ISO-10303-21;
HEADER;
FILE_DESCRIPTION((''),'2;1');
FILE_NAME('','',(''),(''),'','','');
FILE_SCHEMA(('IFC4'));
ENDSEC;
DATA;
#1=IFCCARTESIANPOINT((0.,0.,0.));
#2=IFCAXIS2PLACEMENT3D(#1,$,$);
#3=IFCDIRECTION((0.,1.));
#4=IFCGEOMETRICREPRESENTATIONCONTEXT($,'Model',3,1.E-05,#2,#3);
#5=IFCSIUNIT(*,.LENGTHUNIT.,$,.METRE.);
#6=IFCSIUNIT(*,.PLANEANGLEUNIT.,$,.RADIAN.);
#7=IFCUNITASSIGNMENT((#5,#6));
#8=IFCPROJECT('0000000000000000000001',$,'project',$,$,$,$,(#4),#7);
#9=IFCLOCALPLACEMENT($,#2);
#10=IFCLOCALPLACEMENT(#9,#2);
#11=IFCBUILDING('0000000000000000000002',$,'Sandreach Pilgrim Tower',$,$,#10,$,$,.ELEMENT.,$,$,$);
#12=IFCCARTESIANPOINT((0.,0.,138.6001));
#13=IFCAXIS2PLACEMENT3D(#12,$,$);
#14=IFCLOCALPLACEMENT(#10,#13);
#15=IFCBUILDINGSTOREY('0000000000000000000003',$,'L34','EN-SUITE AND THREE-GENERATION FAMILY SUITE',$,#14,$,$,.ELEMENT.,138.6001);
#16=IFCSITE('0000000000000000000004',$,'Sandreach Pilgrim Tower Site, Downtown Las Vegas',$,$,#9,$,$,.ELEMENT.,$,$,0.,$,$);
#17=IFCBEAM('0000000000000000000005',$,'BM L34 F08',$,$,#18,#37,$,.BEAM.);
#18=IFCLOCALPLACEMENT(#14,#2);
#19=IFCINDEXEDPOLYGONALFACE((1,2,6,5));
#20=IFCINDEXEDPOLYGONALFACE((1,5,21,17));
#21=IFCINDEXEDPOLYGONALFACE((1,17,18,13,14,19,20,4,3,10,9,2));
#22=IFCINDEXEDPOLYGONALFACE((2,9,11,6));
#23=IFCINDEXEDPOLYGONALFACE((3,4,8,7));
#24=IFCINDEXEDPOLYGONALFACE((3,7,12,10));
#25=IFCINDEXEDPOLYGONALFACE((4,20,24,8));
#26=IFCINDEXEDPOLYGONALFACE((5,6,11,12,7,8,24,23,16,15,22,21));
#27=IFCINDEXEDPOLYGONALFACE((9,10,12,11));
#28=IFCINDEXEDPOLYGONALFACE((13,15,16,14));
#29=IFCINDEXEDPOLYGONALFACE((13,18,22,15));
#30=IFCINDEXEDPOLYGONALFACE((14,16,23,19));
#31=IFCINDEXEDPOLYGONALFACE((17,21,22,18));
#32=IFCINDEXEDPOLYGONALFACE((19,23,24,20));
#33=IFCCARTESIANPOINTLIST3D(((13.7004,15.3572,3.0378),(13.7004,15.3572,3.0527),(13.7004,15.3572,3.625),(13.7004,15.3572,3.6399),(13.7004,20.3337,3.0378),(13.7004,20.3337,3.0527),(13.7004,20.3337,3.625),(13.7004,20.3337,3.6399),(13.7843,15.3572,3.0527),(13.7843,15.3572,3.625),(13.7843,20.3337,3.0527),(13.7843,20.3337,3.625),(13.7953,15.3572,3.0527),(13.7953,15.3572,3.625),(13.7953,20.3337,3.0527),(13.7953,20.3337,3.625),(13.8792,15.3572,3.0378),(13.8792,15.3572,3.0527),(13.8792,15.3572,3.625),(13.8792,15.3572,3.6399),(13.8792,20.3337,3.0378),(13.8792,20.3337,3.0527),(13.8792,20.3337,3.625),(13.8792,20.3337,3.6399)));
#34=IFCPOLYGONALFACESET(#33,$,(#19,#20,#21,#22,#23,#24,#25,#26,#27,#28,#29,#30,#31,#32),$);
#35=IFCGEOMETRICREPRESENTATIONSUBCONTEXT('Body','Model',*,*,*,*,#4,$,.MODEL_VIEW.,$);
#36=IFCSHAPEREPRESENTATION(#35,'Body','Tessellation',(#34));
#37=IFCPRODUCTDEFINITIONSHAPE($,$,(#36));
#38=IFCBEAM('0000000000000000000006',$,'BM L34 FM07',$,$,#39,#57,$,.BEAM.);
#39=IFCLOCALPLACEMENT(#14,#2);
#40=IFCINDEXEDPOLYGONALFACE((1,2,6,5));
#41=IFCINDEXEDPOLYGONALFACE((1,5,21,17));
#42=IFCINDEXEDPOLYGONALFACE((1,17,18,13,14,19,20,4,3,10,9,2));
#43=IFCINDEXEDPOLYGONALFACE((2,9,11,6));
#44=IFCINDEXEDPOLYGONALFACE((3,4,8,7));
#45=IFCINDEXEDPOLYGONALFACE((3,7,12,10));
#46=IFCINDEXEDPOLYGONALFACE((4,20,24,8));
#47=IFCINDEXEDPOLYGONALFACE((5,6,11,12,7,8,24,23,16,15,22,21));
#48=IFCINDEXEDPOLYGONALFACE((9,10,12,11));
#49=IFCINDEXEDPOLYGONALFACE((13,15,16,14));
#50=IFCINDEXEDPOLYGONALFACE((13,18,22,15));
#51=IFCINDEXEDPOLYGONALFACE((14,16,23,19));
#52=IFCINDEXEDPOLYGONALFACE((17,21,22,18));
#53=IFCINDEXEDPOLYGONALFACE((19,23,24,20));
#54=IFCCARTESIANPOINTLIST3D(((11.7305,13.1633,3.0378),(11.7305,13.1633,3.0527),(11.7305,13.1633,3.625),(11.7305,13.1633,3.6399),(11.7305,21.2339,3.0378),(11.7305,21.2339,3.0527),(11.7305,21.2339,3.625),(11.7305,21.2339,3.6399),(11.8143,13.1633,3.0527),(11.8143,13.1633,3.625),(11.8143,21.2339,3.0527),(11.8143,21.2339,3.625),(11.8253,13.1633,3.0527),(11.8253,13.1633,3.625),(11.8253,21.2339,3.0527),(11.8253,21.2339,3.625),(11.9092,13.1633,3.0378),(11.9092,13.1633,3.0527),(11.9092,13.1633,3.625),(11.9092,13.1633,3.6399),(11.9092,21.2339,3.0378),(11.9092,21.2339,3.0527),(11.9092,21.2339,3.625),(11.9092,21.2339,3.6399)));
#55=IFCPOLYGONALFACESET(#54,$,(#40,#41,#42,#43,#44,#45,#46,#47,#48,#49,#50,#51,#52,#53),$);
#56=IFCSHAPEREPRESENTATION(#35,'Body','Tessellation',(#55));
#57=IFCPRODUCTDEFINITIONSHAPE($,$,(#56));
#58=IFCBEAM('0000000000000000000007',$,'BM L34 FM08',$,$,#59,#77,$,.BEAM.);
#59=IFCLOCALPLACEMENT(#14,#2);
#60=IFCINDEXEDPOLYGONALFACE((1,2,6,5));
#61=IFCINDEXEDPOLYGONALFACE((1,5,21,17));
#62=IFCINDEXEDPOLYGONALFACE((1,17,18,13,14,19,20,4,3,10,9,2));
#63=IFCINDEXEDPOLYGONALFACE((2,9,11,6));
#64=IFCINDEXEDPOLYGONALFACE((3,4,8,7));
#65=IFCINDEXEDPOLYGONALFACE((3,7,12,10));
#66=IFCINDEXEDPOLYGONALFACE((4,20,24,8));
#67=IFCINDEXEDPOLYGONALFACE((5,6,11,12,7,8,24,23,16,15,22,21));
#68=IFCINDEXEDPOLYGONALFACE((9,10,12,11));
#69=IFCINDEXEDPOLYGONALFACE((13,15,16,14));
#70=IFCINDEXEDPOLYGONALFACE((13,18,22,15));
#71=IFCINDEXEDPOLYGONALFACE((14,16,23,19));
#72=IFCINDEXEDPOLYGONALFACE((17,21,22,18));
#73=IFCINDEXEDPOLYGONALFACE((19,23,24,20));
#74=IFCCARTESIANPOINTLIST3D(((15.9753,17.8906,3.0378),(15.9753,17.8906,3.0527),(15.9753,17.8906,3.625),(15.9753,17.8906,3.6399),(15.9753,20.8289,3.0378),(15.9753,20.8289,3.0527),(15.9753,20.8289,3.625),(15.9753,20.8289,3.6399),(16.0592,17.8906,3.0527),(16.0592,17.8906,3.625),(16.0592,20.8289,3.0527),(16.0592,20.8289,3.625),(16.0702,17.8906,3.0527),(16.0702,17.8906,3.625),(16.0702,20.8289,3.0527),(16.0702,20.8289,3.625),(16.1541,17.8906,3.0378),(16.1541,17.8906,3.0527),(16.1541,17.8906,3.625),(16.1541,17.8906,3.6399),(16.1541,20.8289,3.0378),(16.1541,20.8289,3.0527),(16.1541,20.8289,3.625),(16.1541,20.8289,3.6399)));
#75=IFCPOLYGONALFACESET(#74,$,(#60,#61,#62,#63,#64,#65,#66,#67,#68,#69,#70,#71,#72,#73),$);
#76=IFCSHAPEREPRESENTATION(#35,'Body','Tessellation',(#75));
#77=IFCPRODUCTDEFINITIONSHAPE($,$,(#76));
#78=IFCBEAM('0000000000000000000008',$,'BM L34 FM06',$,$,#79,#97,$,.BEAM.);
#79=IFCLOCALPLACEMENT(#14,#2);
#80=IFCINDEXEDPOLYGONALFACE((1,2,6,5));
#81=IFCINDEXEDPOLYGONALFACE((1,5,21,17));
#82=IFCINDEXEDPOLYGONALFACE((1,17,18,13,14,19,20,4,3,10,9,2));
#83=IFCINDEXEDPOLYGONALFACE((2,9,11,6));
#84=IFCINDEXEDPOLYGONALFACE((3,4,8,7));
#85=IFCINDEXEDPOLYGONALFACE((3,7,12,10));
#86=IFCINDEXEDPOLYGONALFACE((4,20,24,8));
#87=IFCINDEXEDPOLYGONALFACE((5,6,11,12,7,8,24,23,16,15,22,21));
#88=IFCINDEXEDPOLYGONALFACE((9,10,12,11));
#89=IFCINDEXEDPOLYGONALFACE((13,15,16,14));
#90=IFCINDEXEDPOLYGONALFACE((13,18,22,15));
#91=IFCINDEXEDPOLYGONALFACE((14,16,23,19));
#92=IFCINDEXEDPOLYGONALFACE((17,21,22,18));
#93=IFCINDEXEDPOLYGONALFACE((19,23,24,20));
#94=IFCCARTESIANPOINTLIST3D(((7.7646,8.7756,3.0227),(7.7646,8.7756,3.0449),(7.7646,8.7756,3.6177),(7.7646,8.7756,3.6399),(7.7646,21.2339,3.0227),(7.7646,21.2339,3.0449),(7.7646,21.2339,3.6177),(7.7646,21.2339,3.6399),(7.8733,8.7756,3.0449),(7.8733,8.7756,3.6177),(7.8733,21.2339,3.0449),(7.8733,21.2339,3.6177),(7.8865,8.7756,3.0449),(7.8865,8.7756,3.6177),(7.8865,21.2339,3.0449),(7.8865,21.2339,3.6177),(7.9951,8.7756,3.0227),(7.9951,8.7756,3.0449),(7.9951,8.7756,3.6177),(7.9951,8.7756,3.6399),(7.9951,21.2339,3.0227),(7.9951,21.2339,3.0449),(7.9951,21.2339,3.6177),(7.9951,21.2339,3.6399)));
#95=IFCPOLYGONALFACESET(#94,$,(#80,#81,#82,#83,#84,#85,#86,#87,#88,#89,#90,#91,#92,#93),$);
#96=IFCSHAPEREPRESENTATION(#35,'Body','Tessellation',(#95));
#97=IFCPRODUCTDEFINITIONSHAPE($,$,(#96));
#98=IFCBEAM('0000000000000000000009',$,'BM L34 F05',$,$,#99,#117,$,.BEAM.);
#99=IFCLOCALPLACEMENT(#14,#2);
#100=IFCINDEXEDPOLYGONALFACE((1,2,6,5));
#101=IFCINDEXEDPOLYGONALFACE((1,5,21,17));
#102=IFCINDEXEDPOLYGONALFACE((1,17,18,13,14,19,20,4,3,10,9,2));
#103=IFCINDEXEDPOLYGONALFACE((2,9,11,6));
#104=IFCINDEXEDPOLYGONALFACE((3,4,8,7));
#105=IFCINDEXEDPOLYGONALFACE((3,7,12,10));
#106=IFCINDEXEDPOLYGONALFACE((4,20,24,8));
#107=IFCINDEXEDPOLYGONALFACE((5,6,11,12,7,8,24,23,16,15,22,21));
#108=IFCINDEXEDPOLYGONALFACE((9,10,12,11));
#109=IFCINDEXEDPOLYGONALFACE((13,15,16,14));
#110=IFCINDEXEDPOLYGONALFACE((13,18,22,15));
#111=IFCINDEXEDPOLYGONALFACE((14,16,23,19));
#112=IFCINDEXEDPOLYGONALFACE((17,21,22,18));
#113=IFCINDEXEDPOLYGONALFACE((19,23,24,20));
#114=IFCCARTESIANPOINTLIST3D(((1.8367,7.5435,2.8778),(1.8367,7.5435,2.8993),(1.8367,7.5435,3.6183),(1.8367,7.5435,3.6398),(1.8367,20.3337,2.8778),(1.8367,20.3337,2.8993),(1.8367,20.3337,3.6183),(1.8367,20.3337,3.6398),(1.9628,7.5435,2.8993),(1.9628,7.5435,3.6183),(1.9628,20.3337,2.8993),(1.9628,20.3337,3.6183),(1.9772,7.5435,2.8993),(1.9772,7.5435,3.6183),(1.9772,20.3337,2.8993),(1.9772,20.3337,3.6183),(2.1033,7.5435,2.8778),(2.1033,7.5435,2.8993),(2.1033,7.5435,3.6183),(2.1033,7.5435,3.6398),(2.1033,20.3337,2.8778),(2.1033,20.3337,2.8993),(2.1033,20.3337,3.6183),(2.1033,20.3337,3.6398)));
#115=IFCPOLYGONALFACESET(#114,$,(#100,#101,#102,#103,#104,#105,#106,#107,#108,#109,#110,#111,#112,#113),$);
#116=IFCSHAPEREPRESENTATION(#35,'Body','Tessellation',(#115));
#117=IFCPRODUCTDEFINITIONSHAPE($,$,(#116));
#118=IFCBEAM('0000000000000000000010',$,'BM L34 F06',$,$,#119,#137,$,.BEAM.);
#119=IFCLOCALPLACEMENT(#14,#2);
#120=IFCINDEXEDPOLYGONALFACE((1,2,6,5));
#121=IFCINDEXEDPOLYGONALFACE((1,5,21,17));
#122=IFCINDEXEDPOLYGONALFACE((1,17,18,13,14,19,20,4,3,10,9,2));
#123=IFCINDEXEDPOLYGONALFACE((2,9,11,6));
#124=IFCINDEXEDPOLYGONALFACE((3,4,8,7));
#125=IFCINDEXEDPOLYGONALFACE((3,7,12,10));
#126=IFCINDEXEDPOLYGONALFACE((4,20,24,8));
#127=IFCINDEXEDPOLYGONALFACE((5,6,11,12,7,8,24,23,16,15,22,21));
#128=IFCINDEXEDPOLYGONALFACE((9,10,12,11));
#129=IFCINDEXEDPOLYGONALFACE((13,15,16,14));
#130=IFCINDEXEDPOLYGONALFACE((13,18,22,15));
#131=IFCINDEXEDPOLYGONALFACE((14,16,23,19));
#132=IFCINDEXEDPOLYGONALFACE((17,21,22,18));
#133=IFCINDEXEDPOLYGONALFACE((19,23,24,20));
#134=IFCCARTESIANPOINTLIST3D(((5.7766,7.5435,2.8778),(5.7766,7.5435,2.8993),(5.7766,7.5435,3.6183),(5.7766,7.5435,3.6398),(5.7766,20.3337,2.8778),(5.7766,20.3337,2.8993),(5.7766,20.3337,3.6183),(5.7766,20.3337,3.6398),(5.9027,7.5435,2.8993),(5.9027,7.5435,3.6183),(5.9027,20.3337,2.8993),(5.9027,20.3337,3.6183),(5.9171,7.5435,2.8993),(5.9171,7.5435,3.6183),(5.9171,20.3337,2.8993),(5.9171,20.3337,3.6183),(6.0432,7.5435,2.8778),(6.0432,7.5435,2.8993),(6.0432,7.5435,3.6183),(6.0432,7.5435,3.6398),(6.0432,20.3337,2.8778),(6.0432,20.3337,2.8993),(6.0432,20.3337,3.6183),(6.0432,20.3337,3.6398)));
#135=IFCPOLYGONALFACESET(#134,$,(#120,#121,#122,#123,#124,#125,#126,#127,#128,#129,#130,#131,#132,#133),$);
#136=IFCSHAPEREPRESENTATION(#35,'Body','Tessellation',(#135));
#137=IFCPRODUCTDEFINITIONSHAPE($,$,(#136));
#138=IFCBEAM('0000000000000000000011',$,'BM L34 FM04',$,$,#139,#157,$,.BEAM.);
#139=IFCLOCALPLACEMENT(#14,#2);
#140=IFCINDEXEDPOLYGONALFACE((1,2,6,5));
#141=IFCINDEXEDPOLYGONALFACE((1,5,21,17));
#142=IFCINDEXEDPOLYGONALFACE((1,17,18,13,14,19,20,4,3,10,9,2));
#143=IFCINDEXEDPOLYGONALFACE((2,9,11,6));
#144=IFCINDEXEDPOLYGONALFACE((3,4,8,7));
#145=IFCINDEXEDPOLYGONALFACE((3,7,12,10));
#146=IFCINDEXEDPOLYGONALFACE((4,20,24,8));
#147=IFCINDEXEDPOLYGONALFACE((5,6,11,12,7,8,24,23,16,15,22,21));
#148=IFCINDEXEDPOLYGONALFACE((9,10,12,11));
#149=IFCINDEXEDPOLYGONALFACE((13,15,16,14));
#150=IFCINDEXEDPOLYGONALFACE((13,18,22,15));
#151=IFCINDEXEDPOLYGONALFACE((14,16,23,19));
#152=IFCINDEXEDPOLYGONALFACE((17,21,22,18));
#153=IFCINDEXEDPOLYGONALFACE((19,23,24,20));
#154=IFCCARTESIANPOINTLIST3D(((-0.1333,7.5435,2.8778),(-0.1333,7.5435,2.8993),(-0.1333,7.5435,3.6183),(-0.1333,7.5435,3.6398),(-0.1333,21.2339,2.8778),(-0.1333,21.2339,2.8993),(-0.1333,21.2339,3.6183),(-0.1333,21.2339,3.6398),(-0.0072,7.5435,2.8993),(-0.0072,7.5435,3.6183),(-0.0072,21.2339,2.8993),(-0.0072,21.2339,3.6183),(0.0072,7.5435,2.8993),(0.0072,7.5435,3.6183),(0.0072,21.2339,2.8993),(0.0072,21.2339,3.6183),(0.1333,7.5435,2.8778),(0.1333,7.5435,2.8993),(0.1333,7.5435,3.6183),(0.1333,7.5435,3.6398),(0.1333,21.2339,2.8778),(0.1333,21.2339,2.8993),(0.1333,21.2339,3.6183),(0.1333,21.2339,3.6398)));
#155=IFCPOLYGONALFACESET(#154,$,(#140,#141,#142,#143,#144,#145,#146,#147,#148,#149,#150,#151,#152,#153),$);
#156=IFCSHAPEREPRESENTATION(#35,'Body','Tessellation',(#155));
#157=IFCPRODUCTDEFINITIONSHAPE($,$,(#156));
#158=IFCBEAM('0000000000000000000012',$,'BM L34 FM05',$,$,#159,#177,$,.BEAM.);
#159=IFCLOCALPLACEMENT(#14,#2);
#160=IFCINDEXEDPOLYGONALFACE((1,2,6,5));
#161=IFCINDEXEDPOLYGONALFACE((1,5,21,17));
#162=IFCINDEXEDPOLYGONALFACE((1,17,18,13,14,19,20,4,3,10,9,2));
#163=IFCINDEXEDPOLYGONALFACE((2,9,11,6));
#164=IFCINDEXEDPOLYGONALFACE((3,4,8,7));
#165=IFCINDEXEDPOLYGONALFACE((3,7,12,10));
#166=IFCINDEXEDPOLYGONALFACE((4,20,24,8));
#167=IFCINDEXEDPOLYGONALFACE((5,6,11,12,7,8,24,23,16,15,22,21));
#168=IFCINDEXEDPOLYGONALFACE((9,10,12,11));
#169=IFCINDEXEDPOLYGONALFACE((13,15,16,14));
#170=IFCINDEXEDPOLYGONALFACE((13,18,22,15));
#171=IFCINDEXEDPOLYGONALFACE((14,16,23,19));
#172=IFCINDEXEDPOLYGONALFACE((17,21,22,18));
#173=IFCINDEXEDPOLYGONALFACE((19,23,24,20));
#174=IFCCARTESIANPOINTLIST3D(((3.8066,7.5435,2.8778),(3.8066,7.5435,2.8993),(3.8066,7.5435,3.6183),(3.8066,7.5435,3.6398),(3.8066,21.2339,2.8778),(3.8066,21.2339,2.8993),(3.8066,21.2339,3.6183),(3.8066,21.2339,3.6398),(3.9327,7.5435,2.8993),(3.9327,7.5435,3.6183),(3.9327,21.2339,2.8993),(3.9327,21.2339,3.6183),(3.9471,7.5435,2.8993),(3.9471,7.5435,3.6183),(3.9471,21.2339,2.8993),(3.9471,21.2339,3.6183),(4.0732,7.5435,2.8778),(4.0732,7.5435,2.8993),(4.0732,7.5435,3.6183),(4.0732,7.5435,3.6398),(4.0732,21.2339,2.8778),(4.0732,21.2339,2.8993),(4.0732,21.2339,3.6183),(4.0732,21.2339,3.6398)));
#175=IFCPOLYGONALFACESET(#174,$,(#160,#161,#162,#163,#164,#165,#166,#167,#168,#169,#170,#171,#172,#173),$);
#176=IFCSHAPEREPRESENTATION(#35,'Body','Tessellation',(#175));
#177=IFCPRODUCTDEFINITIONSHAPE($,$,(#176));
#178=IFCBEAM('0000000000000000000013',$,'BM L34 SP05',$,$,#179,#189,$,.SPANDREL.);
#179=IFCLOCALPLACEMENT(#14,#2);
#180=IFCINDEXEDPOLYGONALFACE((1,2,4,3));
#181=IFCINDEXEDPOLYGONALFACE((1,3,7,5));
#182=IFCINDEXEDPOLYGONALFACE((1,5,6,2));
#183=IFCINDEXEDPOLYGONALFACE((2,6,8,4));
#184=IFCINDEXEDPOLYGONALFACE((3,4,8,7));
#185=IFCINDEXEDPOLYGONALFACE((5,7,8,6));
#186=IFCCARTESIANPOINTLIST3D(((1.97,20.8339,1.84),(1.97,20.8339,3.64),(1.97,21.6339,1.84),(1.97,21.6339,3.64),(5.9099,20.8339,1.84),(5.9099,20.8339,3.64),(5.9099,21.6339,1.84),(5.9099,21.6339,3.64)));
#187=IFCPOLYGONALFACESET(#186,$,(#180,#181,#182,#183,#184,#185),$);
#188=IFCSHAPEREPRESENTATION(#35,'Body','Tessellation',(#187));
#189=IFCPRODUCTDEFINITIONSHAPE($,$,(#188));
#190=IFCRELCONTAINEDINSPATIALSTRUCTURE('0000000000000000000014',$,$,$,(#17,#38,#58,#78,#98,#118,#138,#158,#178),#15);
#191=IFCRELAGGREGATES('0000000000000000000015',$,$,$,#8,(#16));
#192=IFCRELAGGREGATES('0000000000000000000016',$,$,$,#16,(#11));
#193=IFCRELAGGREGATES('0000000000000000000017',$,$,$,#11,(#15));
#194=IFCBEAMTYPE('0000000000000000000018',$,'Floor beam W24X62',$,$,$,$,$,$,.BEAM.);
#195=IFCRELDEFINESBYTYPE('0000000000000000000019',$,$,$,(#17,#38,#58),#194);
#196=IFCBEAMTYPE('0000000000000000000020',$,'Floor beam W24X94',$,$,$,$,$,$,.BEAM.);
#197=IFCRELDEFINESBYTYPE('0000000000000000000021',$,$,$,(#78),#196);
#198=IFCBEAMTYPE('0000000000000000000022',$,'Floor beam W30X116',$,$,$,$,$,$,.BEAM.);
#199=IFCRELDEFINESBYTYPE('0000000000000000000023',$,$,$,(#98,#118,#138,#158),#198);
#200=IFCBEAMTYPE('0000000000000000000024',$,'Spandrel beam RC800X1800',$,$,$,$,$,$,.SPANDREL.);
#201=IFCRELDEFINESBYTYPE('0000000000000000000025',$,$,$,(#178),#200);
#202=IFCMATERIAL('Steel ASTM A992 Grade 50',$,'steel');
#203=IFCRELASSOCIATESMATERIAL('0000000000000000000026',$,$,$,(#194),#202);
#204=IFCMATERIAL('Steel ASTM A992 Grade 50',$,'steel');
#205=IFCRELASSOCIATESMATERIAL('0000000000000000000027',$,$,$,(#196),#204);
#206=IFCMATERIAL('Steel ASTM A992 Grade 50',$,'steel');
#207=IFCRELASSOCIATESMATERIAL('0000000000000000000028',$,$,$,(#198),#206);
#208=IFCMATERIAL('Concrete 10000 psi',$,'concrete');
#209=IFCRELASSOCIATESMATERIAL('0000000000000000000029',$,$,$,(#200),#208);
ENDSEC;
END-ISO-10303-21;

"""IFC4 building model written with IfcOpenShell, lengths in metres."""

from ifc_helpers import new_model, si_unit, direction, frame, origin, origin_2d, place, context, subcontext, project, spatial, rectangle, i_section, extrude, material, material_profile, profile_set, type_object, element, save


model = new_model("IFC4")

# Units and contexts
model_context = context("Model", 3, precision=1e-05, world=origin(), true_north=direction((0.0, 1.0)))
body_context = subcontext(model_context, "Body", "Model", "MODEL_VIEW")
ifc_project = project(units=[si_unit("LENGTHUNIT", "METRE"), si_unit("PLANEANGLEUNIT", "RADIAN")], contexts=[model_context])

# Site, building, storey
site_placement = place(None, origin())
site = spatial("IfcSite", under=ifc_project, at=site_placement, Name="Sandreach Pilgrim Tower Site, Downtown Las Vegas", CompositionType="ELEMENT", RefElevation=0.0)
building_placement = place(site_placement, origin())
building = spatial("IfcBuilding", under=site, at=building_placement, Name="Sandreach Pilgrim Tower", CompositionType="ELEMENT")
storey_placement = place(building_placement, frame((0.0, 0.0, 138.6001)))
storey = spatial("IfcBuildingStorey", under=building, at=storey_placement, Name="L34", Description="EN-SUITE AND THREE-GENERATION FAMILY SUITE", CompositionType="ELEMENT", Elevation=138.6001)

# Beams
ifc_material_1 = material(Name="Steel ASTM A992 Grade 50", Category="steel")
ifc_material_profile_1 = material_profile(ifc_material_1, i_section(OverallWidth=0.1787, OverallDepth=0.6021, WebThickness=0.011, FlangeThickness=0.0149, at=origin_2d()), Name="W24X62")
ifc_profile_set_1 = profile_set([ifc_material_profile_1], Name="Steel ASTM A992 Grade 50")
beam_type_1 = type_object("IfcBeamType", Name="Floor beam W24X62", PredefinedType="BEAM", material=ifc_profile_set_1)
beam_1_placement = place(storey_placement, frame((13.7898, 20.3337, 3.3389), z_axis=(0.0, -1.0, 0.0), x_axis=(1.0, 0.0, 0.0)))
element("IfcBeam", 1, at=beam_1_placement, inside=storey, type_object=beam_type_1, Name="BM L34 F08", PredefinedType="BEAM", context=body_context, shape_type="SweptSolid", body=[
    extrude(i_section(OverallWidth=0.1787, OverallDepth=0.6021, WebThickness=0.011, FlangeThickness=0.0149, at=origin_2d()), origin(), (0.0, 0.0, 1.0), 4.9766),
])
beam_2_placement = place(storey_placement, frame((11.8198, 21.2339, 3.3389), z_axis=(0.0, -1.0, 0.0), x_axis=(1.0, 0.0, 0.0)))
element("IfcBeam", 2, at=beam_2_placement, inside=storey, type_object=beam_type_1, Name="BM L34 FM07", PredefinedType="BEAM", context=body_context, shape_type="SweptSolid", body=[
    extrude(i_section(OverallWidth=0.1787, OverallDepth=0.6021, WebThickness=0.011, FlangeThickness=0.0149, at=origin_2d()), origin(), (0.0, 0.0, 1.0), 8.0706),
])
beam_3_placement = place(storey_placement, frame((16.0647, 20.8289, 3.3389), z_axis=(0.0, -1.0, 0.0), x_axis=(1.0, 0.0, 0.0)))
element("IfcBeam", 3, at=beam_3_placement, inside=storey, type_object=beam_type_1, Name="BM L34 FM08", PredefinedType="BEAM", context=body_context, shape_type="SweptSolid", body=[
    extrude(i_section(OverallWidth=0.1787, OverallDepth=0.6021, WebThickness=0.011, FlangeThickness=0.0149, at=origin_2d()), origin(), (0.0, 0.0, 1.0), 2.9382),
])
ifc_material_2 = material(Name="Steel ASTM A992 Grade 50", Category="steel")
ifc_material_profile_2 = material_profile(ifc_material_2, i_section(OverallWidth=0.2305, OverallDepth=0.6172, WebThickness=0.0132, FlangeThickness=0.0222, at=origin_2d()), Name="W24X94")
ifc_profile_set_2 = profile_set([ifc_material_profile_2], Name="Steel ASTM A992 Grade 50")
beam_type_2 = type_object("IfcBeamType", Name="Floor beam W24X94", PredefinedType="BEAM", material=ifc_profile_set_2)
beam_4_placement = place(storey_placement, frame((7.8799, 21.2339, 3.3313), z_axis=(0.0, -1.0, 0.0), x_axis=(1.0, 0.0, 0.0)))
element("IfcBeam", 4, at=beam_4_placement, inside=storey, type_object=beam_type_2, Name="BM L34 FM06", PredefinedType="BEAM", context=body_context, shape_type="SweptSolid", body=[
    extrude(i_section(OverallWidth=0.2305, OverallDepth=0.6172, WebThickness=0.0132, FlangeThickness=0.0222, at=origin_2d()), origin(), (0.0, 0.0, 1.0), 12.4583),
])
ifc_material_3 = material(Name="Steel ASTM A992 Grade 50", Category="steel")
ifc_material_profile_3 = material_profile(ifc_material_3, i_section(OverallWidth=0.2666, OverallDepth=0.762, WebThickness=0.0144, FlangeThickness=0.0215, at=origin_2d()), Name="W30X116")
ifc_profile_set_3 = profile_set([ifc_material_profile_3], Name="Steel ASTM A992 Grade 50")
beam_type_3 = type_object("IfcBeamType", Name="Floor beam W30X116", PredefinedType="BEAM", material=ifc_profile_set_3)
for number, where, z_axis, x_axis, name in (
    (5, (1.97, 20.3337, 3.2588), (0.0, -1.0, 0.0), (1.0, 0.0, 0.0), "BM L34 F05"),
    (6, (5.9099, 20.3337, 3.2588), (0.0, -1.0, 0.0), (1.0, 0.0, 0.0), "BM L34 F06"),
):
    element("IfcBeam", number, at=place(storey_placement, frame(where, z_axis=z_axis, x_axis=x_axis)), inside=storey, type_object=beam_type_3, Name=name, PredefinedType="BEAM", context=body_context, shape_type="SweptSolid", body=[
        extrude(i_section(OverallWidth=0.2666, OverallDepth=0.762, WebThickness=0.0144, FlangeThickness=0.0215, at=origin_2d()), origin(), (0.0, 0.0, 1.0), 12.7903),
    ])
for number, where, z_axis, x_axis, name in (
    (7, (0.0, 21.2339, 3.2588), (0.0, -1.0, 0.0), (1.0, 0.0, 0.0), "BM L34 FM04"),
    (8, (3.9399, 21.2339, 3.2588), (0.0, -1.0, 0.0), (1.0, 0.0, 0.0), "BM L34 FM05"),
):
    element("IfcBeam", number, at=place(storey_placement, frame(where, z_axis=z_axis, x_axis=x_axis)), inside=storey, type_object=beam_type_3, Name=name, PredefinedType="BEAM", context=body_context, shape_type="SweptSolid", body=[
        extrude(i_section(OverallWidth=0.2666, OverallDepth=0.762, WebThickness=0.0144, FlangeThickness=0.0215, at=origin_2d()), origin(), (0.0, 0.0, 1.0), 13.6904),
    ])
ifc_material_4 = material(Name="Concrete 10000 psi", Category="concrete")
ifc_material_profile_4 = material_profile(ifc_material_4, rectangle(XDim=0.8, YDim=1.8, at=origin_2d()), Name="RC800X1800")
ifc_profile_set_4 = profile_set([ifc_material_profile_4], Name="Concrete 10000 psi")
beam_type_4 = type_object("IfcBeamType", Name="Spandrel beam RC800X1800", PredefinedType="SPANDREL", material=ifc_profile_set_4)
for number, where, z_axis, x_axis, name in (
    (9, (1.97, 21.2339, 2.74), (1.0, 0.0, 0.0), (0.0, 1.0, 0.0), "BM L34 SP05"),
):
    element("IfcBeam", number, at=place(storey_placement, frame(where, z_axis=z_axis, x_axis=x_axis)), inside=storey, type_object=beam_type_4, Name=name, PredefinedType="SPANDREL", context=body_context, shape_type="SweptSolid", body=[
        extrude(rectangle(XDim=0.8, YDim=1.8, at=origin_2d()), origin(), (0.0, 0.0, 1.0), 3.9399),
    ])

save(model, "model.ifc")
